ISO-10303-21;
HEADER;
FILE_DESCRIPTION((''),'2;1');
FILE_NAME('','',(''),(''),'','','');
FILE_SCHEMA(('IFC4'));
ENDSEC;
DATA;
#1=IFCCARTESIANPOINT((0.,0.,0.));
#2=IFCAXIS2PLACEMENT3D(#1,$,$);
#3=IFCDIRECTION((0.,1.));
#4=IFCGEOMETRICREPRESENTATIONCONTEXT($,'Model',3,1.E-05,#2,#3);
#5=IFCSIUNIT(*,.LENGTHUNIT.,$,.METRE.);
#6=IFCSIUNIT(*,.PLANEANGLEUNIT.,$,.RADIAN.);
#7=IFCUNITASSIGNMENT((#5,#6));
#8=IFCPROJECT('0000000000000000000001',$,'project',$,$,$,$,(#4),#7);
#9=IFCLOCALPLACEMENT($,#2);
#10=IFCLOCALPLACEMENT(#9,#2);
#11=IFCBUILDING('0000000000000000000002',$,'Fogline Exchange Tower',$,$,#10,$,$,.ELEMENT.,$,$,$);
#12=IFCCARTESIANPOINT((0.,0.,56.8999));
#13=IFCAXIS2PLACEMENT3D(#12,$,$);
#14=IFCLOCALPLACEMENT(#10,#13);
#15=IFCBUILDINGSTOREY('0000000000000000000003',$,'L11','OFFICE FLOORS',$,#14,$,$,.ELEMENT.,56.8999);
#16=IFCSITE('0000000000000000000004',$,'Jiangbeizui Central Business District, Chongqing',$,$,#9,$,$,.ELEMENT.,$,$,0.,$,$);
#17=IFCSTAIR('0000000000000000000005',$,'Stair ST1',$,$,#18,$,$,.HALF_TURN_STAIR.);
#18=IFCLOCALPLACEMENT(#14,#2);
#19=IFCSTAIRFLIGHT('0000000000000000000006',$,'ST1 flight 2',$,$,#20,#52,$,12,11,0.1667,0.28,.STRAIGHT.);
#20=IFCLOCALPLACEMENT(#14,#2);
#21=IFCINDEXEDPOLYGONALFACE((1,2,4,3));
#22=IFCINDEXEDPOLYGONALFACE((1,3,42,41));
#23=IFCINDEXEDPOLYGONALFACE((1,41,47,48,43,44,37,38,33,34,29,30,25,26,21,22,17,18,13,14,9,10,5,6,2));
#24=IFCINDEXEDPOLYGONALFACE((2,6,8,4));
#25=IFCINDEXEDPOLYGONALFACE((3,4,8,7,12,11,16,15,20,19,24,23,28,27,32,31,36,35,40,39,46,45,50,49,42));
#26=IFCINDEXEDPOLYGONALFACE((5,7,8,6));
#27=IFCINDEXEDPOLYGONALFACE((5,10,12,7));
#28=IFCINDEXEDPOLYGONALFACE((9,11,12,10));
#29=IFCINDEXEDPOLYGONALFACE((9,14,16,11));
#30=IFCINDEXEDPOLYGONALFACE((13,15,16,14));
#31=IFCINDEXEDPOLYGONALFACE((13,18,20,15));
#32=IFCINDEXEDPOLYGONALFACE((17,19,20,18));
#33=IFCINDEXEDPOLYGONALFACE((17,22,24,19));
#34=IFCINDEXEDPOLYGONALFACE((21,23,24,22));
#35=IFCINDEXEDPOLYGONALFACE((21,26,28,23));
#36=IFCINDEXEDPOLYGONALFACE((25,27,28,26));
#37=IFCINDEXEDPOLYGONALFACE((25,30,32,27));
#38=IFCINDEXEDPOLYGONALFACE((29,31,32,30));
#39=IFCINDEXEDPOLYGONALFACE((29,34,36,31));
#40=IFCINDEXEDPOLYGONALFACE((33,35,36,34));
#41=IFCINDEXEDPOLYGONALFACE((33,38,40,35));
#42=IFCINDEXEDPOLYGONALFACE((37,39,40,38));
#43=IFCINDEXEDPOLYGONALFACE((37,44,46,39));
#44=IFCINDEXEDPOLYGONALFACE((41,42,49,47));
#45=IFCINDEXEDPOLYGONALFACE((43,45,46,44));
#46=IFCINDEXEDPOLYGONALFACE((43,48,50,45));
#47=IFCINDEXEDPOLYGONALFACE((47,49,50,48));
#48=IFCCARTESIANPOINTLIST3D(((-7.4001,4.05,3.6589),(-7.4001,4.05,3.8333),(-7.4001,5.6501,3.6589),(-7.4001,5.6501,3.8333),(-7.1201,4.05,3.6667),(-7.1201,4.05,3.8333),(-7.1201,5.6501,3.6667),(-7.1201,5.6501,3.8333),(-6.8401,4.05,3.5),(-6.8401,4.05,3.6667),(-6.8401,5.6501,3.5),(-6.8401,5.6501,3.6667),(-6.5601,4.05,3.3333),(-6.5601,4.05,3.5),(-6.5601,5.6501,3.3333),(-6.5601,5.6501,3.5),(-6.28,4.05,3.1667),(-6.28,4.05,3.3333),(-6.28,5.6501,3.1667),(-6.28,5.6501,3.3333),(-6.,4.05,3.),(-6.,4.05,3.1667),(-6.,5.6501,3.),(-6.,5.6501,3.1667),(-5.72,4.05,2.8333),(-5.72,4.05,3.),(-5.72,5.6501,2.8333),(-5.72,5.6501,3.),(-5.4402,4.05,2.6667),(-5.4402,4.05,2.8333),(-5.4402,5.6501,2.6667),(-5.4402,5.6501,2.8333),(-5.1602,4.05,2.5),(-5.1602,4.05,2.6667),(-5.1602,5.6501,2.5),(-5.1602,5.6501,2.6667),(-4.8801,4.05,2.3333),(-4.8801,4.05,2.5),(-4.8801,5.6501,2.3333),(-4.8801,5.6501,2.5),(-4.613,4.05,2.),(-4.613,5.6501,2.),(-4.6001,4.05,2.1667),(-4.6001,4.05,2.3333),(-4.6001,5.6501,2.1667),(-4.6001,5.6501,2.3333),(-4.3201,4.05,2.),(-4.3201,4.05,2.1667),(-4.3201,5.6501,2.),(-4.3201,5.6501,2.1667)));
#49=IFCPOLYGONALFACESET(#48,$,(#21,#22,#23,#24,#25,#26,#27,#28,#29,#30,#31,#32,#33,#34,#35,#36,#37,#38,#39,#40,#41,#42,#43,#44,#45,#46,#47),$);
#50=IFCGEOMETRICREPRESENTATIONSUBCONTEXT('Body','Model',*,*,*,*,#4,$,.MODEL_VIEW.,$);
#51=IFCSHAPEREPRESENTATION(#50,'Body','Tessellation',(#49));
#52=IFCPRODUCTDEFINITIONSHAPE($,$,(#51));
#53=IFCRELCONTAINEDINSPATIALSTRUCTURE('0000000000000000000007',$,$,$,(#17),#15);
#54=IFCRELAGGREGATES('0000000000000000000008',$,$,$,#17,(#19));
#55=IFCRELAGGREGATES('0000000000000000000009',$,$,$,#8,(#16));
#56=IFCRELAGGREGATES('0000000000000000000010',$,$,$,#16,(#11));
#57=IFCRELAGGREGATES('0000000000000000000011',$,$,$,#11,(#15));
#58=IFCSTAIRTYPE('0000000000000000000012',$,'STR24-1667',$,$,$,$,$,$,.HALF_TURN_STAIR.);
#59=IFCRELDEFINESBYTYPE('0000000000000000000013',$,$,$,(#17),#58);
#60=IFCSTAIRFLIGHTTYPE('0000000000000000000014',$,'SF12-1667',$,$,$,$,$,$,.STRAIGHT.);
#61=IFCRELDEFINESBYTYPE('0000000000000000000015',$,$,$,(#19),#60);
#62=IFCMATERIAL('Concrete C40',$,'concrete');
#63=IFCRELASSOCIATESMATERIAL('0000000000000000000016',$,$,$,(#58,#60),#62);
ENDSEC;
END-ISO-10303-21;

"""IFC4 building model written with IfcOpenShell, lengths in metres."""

from ifc_helpers import new_model, si_unit, direction, frame, origin, place, context, subcontext, project, spatial, polyline, outline, extrude, material, type_object, element, aggregate, save


model = new_model("IFC4")

# Units and contexts
model_context = context("Model", 3, precision=1e-05, world=origin(), true_north=direction((0.0, 1.0)))
body_context = subcontext(model_context, "Body", "Model", "MODEL_VIEW")
ifc_project = project(units=[si_unit("LENGTHUNIT", "METRE"), si_unit("PLANEANGLEUNIT", "RADIAN")], contexts=[model_context])

# Site, building, storey
site_placement = place(None, origin())
site = spatial("IfcSite", under=ifc_project, at=site_placement, Name="Jiangbeizui Central Business District, Chongqing", CompositionType="ELEMENT", RefElevation=0.0)
building_placement = place(site_placement, origin())
building = spatial("IfcBuilding", under=site, at=building_placement, Name="Fogline Exchange Tower", CompositionType="ELEMENT")
storey_placement = place(building_placement, frame((0.0, 0.0, 56.8999)))
storey = spatial("IfcBuildingStorey", under=building, at=storey_placement, Name="L11", Description="OFFICE FLOORS", CompositionType="ELEMENT", Elevation=56.8999)

# Shared definitions
ifc_material_1 = material(Name="Concrete C40", Category="concrete")

# Stair, stair flight
stair_type = type_object("IfcStairType", Name="STR24-1667", PredefinedType="HALF_TURN_STAIR", material=ifc_material_1)
stair_placement = place(storey_placement, origin())
stair = element("IfcStair", 1, at=stair_placement, inside=storey, type_object=stair_type, Name="Stair ST1", PredefinedType="HALF_TURN_STAIR")
stair_flight_type = type_object("IfcStairFlightType", Name="SF12-1667", PredefinedType="STRAIGHT", material=ifc_material_1)
stair_flight_1_placement = place(storey_placement, frame((-4.3201, 4.8501, 2.0), z_axis=(0.0, 0.0, 1.0), x_axis=(-1.0, 0.0, 0.0)))
stair_flight_1 = element("IfcStairFlight", 2, at=stair_flight_1_placement, type_object=stair_flight_type, Name="ST1 flight 2", NumberOfRisers=12, NumberOfTreads=11, PredefinedType="STRAIGHT", RiserHeight=0.1667, TreadLength=0.28, context=body_context, shape_type="SweptSolid", body=[
    extrude(outline(polyline([(0.0, 0.0), (0.0, 0.1667), (0.28, 0.1667), (0.28, 0.3333), (0.5601, 0.3333), (0.5601, 0.5), (0.8401, 0.5), (0.8401, 0.6667), (1.1201, 0.6667), (1.1201, 0.8333), (1.3999, 0.8333), (1.3999, 1.0), (1.6799, 1.0), (1.6799, 1.1667), (1.96, 1.1667), (1.96, 1.3333), (2.24, 1.3333), (2.24, 1.5), (2.52, 1.5), (2.52, 1.6667), (2.8, 1.6667), (2.8, 1.8333), (3.0801, 1.8333), (3.0801, 2.0), (3.0801, 1.6589), (0.293, 0.0), (0.0, 0.0)])), frame((0.0, 0.8, 0.0), z_axis=(0.0, -1.0, 0.0), x_axis=(1.0, 0.0, 0.0)), (0.0, 0.0, 1.0), 1.6001),
])
aggregate(stair, [stair_flight_1])

save(model, "model.ifc")
